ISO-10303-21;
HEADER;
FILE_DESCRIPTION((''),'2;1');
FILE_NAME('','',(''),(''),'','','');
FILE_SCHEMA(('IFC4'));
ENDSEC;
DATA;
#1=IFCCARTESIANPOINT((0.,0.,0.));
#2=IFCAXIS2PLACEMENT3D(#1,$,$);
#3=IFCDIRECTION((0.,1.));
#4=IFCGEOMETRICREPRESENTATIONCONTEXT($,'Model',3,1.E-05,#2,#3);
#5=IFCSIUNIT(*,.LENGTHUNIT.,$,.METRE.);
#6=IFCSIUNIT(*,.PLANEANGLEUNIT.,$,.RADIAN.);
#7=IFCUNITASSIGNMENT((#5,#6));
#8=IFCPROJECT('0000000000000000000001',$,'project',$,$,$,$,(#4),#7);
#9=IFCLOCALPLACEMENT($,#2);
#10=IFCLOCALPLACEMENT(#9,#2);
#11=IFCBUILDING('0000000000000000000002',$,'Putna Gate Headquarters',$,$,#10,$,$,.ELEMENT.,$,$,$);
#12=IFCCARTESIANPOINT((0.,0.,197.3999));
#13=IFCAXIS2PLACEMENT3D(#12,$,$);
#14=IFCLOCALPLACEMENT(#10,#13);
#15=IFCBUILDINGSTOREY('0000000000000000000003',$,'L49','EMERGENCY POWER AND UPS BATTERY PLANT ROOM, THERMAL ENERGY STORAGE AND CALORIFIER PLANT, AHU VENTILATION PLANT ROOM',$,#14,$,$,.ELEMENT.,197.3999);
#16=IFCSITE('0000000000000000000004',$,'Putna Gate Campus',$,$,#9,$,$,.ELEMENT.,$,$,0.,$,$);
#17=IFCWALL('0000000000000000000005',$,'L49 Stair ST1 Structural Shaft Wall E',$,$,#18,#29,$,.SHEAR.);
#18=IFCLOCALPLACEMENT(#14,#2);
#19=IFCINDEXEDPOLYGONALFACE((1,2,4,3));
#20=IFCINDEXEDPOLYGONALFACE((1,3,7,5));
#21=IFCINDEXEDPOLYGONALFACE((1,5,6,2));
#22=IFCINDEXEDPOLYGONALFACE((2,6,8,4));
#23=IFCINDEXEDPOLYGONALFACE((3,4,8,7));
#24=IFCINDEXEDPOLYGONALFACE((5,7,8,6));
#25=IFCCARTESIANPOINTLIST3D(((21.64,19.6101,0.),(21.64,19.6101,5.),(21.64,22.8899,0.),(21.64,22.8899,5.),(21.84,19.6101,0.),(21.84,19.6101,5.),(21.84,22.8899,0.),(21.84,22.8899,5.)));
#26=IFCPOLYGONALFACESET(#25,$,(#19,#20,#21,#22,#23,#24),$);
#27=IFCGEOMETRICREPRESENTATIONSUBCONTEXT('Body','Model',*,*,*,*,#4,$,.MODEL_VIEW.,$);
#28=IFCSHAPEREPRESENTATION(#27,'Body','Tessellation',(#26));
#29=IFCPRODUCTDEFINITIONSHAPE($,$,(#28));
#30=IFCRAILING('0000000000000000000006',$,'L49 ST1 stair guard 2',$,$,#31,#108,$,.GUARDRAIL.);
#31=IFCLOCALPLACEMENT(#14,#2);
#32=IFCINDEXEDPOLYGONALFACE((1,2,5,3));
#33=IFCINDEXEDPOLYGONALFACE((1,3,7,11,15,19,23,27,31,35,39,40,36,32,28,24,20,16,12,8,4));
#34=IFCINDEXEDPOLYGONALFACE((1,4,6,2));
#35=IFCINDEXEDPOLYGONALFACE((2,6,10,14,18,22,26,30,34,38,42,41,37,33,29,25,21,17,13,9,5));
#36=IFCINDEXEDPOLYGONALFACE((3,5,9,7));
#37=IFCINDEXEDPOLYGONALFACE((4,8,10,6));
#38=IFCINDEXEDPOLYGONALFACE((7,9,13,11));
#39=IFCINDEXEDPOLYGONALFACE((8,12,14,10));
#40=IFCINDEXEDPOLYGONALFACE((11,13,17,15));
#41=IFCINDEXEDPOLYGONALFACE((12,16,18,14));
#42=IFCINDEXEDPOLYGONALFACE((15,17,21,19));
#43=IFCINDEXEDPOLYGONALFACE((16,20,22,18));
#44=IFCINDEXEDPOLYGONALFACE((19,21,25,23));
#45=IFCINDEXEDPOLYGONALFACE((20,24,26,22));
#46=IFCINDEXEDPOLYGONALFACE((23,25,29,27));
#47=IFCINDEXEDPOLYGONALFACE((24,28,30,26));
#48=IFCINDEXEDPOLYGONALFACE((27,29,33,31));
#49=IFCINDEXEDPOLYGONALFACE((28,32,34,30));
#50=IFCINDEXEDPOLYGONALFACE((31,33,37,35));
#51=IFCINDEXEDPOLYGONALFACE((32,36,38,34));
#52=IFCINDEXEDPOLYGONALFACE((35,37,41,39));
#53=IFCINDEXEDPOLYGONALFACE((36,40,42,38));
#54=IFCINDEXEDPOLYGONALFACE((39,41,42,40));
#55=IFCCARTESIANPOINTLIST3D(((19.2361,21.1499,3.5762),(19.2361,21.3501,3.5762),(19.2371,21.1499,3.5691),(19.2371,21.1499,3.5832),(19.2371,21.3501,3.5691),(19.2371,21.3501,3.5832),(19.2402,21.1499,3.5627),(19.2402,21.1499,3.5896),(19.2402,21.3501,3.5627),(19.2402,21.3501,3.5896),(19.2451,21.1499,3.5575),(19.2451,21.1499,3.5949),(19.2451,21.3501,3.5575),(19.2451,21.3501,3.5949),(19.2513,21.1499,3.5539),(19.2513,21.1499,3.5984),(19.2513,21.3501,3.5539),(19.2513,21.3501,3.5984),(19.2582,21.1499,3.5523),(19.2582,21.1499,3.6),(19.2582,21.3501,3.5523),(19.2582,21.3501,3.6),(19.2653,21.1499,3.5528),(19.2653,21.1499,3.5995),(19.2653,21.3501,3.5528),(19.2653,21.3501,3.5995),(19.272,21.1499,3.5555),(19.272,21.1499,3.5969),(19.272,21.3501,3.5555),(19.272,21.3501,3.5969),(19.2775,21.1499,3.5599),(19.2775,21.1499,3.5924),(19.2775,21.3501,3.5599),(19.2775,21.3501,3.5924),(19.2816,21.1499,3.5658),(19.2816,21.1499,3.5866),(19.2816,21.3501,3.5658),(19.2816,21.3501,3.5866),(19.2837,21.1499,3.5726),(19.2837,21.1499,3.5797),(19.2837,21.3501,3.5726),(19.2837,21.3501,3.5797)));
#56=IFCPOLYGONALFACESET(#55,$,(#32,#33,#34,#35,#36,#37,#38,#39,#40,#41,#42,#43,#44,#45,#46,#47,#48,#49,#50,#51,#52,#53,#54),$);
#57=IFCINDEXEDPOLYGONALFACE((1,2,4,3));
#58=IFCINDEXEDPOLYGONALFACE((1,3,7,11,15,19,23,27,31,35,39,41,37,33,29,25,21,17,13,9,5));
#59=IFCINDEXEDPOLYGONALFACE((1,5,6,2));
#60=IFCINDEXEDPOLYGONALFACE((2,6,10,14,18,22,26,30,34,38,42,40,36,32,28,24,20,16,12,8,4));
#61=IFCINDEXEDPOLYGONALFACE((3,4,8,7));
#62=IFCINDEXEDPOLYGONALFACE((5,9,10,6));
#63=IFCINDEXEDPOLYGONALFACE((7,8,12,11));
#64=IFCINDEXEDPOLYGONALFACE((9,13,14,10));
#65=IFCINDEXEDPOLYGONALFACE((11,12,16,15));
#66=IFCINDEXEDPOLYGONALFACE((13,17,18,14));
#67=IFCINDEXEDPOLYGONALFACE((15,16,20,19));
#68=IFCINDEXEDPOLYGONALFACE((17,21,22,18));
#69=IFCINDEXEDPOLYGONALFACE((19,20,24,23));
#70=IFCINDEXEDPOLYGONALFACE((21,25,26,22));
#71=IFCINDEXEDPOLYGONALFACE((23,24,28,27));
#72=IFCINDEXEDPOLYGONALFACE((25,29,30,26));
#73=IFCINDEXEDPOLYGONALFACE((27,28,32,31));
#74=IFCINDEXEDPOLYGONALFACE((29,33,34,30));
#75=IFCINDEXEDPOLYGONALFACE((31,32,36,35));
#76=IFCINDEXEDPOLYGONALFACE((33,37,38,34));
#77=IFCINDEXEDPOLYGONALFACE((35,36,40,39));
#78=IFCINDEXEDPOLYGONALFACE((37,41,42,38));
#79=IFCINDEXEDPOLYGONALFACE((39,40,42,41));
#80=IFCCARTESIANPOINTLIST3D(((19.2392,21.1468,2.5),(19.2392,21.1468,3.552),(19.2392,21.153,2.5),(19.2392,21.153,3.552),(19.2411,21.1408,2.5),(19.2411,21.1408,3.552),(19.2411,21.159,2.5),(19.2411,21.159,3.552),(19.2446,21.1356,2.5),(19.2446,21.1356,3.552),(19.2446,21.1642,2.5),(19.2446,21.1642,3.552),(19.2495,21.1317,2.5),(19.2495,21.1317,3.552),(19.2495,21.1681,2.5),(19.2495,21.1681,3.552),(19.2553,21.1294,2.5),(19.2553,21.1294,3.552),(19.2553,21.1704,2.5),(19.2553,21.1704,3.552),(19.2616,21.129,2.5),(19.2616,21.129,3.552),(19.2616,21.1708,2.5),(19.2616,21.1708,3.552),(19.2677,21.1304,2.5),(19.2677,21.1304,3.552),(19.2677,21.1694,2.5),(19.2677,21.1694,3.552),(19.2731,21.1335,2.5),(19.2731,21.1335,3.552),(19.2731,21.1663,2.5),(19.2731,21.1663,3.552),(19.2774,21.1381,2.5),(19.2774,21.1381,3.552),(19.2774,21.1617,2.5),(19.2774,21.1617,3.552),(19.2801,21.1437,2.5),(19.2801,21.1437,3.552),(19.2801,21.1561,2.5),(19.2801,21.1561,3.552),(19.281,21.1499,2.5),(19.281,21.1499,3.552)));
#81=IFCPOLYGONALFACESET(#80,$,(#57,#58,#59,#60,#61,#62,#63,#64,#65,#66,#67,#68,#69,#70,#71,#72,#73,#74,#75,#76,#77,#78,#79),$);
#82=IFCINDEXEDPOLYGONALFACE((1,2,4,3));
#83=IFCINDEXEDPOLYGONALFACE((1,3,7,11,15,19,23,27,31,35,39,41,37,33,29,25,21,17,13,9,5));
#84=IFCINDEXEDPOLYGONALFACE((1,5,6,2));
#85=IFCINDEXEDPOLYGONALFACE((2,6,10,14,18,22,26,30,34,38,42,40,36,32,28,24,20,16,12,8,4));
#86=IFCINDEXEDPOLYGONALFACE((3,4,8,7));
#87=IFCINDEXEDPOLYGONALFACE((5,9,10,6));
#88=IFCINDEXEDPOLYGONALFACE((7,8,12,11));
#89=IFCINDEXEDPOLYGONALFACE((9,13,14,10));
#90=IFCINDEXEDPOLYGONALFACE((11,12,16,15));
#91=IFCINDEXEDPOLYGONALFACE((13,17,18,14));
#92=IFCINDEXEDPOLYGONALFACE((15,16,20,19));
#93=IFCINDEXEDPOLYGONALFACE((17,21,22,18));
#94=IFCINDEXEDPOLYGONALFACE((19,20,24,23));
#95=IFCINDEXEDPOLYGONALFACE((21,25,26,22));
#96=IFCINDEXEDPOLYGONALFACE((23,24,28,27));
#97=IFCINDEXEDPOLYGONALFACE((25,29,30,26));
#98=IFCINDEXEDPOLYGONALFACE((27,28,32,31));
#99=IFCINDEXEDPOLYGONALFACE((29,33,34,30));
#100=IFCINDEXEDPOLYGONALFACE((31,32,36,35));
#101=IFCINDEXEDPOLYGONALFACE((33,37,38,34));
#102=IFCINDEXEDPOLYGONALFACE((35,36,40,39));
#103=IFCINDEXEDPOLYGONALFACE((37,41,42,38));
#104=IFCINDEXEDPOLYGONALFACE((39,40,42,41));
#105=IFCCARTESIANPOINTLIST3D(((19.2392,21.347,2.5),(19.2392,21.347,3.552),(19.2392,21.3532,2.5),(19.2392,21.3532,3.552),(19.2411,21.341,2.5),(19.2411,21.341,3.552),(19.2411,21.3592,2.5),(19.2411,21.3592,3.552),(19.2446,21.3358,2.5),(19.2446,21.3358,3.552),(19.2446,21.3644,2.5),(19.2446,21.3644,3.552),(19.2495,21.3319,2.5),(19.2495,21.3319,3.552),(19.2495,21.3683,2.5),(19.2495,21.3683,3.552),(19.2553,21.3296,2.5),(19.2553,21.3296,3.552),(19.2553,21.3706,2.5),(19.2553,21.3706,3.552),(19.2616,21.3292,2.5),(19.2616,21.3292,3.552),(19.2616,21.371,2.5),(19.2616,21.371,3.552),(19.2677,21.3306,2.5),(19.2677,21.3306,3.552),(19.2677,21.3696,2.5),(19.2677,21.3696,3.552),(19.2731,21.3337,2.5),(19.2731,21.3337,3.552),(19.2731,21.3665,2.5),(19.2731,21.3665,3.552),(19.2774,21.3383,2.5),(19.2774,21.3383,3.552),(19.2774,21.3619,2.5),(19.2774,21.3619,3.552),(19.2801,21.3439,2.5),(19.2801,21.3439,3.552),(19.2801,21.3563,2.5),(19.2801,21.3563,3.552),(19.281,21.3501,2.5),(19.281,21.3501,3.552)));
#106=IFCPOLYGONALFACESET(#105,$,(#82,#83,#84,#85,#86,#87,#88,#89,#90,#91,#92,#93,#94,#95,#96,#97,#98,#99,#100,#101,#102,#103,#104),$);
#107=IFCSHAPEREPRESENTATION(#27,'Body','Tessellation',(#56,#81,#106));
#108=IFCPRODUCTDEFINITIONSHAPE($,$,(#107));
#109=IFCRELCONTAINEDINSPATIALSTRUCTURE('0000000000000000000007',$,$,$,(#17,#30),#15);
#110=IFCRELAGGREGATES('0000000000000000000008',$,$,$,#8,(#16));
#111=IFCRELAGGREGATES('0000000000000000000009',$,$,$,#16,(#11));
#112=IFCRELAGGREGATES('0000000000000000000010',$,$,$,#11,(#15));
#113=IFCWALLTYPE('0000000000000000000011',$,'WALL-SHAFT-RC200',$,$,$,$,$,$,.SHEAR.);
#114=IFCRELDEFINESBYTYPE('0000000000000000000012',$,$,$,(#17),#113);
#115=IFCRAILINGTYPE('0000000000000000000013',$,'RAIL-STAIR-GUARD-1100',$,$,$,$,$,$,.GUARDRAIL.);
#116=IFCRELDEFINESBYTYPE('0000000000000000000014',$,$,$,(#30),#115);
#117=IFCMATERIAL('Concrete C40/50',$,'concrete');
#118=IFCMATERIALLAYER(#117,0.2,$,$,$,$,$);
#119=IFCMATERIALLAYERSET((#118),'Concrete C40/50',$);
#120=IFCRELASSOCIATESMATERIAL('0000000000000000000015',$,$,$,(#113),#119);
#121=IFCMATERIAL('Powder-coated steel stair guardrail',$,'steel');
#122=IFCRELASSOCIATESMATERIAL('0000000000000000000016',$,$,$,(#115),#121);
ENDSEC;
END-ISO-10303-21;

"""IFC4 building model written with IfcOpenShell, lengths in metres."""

from ifc_helpers import new_model, si_unit, direction, frame, frame_2d, origin, origin_2d, place, context, subcontext, project, spatial, rectangle, circle, extrude, material, layer, layer_set, type_object, element, save


model = new_model("IFC4")

# Units and contexts
model_context = context("Model", 3, precision=1e-05, world=origin(), true_north=direction((0.0, 1.0)))
body_context = subcontext(model_context, "Body", "Model", "MODEL_VIEW")
ifc_project = project(units=[si_unit("LENGTHUNIT", "METRE"), si_unit("PLANEANGLEUNIT", "RADIAN")], contexts=[model_context])

# Site, building, storey
site_placement = place(None, origin())
site = spatial("IfcSite", under=ifc_project, at=site_placement, Name="Putna Gate Campus", CompositionType="ELEMENT", RefElevation=0.0)
building_placement = place(site_placement, origin())
building = spatial("IfcBuilding", under=site, at=building_placement, Name="Putna Gate Headquarters", CompositionType="ELEMENT")
storey_placement = place(building_placement, frame((0.0, 0.0, 197.3999)))
storey = spatial("IfcBuildingStorey", under=building, at=storey_placement, Name="L49", Description="EMERGENCY POWER AND UPS BATTERY PLANT ROOM, THERMAL ENERGY STORAGE AND CALORIFIER PLANT, AHU VENTILATION PLANT ROOM", CompositionType="ELEMENT", Elevation=197.3999)

# Shared definitions
ifc_material_1 = material(Name="Concrete C40/50", Category="concrete")

# Wall
ifc_layer_1 = layer(ifc_material_1, 0.2)
ifc_layer_set_1 = layer_set([ifc_layer_1], Name="Concrete C40/50")
wall_type_1 = type_object("IfcWallType", Name="WALL-SHAFT-RC200", PredefinedType="SHEAR", material=ifc_layer_set_1)
wall_1_placement = place(storey_placement, frame((21.74, 19.6101, 0.0), z_axis=(0.0, 0.0, 1.0), x_axis=(0.0, 1.0, 0.0)))
element("IfcWall", 1, at=wall_1_placement, inside=storey, type_object=wall_type_1, Name="L49 Stair ST1 Structural Shaft Wall E", PredefinedType="SHEAR", context=body_context, shape_type="SweptSolid", body=[
    extrude(rectangle(XDim=3.2798, YDim=0.2, at=frame_2d((1.6399, 0.0))), origin(), (0.0, 0.0, 1.0), 5.0),
])

# Railing
ifc_material_2 = material(Name="Powder-coated steel stair guardrail", Category="steel")
railing_type = type_object("IfcRailingType", Name="RAIL-STAIR-GUARD-1100", PredefinedType="GUARDRAIL", material=ifc_material_2)
railing_placement = place(storey_placement, frame((19.26, 21.1499, 2.5)))
element("IfcRailing", 2, at=railing_placement, inside=storey, type_object=railing_type, Name="L49 ST1 stair guard 2", PredefinedType="GUARDRAIL", context=body_context, shape_type="SweptSolid", body=[
    extrude(circle(Radius=0.0239, at=origin_2d()), frame((0.0, 0.0, 1.0762), z_axis=(0.0, 1.0, 0.0), x_axis=(-1.0, 0.0, 0.0)), (0.0, 0.0, 1.0), 0.2002),
    extrude(circle(Radius=0.021, at=origin_2d()), origin(), (0.0, 0.0, 1.0), 1.052),
    extrude(circle(Radius=0.021, at=origin_2d()), frame((0.0, 0.2002, 0.0)), (0.0, 0.0, 1.0), 1.052),
])

save(model, "model.ifc")
